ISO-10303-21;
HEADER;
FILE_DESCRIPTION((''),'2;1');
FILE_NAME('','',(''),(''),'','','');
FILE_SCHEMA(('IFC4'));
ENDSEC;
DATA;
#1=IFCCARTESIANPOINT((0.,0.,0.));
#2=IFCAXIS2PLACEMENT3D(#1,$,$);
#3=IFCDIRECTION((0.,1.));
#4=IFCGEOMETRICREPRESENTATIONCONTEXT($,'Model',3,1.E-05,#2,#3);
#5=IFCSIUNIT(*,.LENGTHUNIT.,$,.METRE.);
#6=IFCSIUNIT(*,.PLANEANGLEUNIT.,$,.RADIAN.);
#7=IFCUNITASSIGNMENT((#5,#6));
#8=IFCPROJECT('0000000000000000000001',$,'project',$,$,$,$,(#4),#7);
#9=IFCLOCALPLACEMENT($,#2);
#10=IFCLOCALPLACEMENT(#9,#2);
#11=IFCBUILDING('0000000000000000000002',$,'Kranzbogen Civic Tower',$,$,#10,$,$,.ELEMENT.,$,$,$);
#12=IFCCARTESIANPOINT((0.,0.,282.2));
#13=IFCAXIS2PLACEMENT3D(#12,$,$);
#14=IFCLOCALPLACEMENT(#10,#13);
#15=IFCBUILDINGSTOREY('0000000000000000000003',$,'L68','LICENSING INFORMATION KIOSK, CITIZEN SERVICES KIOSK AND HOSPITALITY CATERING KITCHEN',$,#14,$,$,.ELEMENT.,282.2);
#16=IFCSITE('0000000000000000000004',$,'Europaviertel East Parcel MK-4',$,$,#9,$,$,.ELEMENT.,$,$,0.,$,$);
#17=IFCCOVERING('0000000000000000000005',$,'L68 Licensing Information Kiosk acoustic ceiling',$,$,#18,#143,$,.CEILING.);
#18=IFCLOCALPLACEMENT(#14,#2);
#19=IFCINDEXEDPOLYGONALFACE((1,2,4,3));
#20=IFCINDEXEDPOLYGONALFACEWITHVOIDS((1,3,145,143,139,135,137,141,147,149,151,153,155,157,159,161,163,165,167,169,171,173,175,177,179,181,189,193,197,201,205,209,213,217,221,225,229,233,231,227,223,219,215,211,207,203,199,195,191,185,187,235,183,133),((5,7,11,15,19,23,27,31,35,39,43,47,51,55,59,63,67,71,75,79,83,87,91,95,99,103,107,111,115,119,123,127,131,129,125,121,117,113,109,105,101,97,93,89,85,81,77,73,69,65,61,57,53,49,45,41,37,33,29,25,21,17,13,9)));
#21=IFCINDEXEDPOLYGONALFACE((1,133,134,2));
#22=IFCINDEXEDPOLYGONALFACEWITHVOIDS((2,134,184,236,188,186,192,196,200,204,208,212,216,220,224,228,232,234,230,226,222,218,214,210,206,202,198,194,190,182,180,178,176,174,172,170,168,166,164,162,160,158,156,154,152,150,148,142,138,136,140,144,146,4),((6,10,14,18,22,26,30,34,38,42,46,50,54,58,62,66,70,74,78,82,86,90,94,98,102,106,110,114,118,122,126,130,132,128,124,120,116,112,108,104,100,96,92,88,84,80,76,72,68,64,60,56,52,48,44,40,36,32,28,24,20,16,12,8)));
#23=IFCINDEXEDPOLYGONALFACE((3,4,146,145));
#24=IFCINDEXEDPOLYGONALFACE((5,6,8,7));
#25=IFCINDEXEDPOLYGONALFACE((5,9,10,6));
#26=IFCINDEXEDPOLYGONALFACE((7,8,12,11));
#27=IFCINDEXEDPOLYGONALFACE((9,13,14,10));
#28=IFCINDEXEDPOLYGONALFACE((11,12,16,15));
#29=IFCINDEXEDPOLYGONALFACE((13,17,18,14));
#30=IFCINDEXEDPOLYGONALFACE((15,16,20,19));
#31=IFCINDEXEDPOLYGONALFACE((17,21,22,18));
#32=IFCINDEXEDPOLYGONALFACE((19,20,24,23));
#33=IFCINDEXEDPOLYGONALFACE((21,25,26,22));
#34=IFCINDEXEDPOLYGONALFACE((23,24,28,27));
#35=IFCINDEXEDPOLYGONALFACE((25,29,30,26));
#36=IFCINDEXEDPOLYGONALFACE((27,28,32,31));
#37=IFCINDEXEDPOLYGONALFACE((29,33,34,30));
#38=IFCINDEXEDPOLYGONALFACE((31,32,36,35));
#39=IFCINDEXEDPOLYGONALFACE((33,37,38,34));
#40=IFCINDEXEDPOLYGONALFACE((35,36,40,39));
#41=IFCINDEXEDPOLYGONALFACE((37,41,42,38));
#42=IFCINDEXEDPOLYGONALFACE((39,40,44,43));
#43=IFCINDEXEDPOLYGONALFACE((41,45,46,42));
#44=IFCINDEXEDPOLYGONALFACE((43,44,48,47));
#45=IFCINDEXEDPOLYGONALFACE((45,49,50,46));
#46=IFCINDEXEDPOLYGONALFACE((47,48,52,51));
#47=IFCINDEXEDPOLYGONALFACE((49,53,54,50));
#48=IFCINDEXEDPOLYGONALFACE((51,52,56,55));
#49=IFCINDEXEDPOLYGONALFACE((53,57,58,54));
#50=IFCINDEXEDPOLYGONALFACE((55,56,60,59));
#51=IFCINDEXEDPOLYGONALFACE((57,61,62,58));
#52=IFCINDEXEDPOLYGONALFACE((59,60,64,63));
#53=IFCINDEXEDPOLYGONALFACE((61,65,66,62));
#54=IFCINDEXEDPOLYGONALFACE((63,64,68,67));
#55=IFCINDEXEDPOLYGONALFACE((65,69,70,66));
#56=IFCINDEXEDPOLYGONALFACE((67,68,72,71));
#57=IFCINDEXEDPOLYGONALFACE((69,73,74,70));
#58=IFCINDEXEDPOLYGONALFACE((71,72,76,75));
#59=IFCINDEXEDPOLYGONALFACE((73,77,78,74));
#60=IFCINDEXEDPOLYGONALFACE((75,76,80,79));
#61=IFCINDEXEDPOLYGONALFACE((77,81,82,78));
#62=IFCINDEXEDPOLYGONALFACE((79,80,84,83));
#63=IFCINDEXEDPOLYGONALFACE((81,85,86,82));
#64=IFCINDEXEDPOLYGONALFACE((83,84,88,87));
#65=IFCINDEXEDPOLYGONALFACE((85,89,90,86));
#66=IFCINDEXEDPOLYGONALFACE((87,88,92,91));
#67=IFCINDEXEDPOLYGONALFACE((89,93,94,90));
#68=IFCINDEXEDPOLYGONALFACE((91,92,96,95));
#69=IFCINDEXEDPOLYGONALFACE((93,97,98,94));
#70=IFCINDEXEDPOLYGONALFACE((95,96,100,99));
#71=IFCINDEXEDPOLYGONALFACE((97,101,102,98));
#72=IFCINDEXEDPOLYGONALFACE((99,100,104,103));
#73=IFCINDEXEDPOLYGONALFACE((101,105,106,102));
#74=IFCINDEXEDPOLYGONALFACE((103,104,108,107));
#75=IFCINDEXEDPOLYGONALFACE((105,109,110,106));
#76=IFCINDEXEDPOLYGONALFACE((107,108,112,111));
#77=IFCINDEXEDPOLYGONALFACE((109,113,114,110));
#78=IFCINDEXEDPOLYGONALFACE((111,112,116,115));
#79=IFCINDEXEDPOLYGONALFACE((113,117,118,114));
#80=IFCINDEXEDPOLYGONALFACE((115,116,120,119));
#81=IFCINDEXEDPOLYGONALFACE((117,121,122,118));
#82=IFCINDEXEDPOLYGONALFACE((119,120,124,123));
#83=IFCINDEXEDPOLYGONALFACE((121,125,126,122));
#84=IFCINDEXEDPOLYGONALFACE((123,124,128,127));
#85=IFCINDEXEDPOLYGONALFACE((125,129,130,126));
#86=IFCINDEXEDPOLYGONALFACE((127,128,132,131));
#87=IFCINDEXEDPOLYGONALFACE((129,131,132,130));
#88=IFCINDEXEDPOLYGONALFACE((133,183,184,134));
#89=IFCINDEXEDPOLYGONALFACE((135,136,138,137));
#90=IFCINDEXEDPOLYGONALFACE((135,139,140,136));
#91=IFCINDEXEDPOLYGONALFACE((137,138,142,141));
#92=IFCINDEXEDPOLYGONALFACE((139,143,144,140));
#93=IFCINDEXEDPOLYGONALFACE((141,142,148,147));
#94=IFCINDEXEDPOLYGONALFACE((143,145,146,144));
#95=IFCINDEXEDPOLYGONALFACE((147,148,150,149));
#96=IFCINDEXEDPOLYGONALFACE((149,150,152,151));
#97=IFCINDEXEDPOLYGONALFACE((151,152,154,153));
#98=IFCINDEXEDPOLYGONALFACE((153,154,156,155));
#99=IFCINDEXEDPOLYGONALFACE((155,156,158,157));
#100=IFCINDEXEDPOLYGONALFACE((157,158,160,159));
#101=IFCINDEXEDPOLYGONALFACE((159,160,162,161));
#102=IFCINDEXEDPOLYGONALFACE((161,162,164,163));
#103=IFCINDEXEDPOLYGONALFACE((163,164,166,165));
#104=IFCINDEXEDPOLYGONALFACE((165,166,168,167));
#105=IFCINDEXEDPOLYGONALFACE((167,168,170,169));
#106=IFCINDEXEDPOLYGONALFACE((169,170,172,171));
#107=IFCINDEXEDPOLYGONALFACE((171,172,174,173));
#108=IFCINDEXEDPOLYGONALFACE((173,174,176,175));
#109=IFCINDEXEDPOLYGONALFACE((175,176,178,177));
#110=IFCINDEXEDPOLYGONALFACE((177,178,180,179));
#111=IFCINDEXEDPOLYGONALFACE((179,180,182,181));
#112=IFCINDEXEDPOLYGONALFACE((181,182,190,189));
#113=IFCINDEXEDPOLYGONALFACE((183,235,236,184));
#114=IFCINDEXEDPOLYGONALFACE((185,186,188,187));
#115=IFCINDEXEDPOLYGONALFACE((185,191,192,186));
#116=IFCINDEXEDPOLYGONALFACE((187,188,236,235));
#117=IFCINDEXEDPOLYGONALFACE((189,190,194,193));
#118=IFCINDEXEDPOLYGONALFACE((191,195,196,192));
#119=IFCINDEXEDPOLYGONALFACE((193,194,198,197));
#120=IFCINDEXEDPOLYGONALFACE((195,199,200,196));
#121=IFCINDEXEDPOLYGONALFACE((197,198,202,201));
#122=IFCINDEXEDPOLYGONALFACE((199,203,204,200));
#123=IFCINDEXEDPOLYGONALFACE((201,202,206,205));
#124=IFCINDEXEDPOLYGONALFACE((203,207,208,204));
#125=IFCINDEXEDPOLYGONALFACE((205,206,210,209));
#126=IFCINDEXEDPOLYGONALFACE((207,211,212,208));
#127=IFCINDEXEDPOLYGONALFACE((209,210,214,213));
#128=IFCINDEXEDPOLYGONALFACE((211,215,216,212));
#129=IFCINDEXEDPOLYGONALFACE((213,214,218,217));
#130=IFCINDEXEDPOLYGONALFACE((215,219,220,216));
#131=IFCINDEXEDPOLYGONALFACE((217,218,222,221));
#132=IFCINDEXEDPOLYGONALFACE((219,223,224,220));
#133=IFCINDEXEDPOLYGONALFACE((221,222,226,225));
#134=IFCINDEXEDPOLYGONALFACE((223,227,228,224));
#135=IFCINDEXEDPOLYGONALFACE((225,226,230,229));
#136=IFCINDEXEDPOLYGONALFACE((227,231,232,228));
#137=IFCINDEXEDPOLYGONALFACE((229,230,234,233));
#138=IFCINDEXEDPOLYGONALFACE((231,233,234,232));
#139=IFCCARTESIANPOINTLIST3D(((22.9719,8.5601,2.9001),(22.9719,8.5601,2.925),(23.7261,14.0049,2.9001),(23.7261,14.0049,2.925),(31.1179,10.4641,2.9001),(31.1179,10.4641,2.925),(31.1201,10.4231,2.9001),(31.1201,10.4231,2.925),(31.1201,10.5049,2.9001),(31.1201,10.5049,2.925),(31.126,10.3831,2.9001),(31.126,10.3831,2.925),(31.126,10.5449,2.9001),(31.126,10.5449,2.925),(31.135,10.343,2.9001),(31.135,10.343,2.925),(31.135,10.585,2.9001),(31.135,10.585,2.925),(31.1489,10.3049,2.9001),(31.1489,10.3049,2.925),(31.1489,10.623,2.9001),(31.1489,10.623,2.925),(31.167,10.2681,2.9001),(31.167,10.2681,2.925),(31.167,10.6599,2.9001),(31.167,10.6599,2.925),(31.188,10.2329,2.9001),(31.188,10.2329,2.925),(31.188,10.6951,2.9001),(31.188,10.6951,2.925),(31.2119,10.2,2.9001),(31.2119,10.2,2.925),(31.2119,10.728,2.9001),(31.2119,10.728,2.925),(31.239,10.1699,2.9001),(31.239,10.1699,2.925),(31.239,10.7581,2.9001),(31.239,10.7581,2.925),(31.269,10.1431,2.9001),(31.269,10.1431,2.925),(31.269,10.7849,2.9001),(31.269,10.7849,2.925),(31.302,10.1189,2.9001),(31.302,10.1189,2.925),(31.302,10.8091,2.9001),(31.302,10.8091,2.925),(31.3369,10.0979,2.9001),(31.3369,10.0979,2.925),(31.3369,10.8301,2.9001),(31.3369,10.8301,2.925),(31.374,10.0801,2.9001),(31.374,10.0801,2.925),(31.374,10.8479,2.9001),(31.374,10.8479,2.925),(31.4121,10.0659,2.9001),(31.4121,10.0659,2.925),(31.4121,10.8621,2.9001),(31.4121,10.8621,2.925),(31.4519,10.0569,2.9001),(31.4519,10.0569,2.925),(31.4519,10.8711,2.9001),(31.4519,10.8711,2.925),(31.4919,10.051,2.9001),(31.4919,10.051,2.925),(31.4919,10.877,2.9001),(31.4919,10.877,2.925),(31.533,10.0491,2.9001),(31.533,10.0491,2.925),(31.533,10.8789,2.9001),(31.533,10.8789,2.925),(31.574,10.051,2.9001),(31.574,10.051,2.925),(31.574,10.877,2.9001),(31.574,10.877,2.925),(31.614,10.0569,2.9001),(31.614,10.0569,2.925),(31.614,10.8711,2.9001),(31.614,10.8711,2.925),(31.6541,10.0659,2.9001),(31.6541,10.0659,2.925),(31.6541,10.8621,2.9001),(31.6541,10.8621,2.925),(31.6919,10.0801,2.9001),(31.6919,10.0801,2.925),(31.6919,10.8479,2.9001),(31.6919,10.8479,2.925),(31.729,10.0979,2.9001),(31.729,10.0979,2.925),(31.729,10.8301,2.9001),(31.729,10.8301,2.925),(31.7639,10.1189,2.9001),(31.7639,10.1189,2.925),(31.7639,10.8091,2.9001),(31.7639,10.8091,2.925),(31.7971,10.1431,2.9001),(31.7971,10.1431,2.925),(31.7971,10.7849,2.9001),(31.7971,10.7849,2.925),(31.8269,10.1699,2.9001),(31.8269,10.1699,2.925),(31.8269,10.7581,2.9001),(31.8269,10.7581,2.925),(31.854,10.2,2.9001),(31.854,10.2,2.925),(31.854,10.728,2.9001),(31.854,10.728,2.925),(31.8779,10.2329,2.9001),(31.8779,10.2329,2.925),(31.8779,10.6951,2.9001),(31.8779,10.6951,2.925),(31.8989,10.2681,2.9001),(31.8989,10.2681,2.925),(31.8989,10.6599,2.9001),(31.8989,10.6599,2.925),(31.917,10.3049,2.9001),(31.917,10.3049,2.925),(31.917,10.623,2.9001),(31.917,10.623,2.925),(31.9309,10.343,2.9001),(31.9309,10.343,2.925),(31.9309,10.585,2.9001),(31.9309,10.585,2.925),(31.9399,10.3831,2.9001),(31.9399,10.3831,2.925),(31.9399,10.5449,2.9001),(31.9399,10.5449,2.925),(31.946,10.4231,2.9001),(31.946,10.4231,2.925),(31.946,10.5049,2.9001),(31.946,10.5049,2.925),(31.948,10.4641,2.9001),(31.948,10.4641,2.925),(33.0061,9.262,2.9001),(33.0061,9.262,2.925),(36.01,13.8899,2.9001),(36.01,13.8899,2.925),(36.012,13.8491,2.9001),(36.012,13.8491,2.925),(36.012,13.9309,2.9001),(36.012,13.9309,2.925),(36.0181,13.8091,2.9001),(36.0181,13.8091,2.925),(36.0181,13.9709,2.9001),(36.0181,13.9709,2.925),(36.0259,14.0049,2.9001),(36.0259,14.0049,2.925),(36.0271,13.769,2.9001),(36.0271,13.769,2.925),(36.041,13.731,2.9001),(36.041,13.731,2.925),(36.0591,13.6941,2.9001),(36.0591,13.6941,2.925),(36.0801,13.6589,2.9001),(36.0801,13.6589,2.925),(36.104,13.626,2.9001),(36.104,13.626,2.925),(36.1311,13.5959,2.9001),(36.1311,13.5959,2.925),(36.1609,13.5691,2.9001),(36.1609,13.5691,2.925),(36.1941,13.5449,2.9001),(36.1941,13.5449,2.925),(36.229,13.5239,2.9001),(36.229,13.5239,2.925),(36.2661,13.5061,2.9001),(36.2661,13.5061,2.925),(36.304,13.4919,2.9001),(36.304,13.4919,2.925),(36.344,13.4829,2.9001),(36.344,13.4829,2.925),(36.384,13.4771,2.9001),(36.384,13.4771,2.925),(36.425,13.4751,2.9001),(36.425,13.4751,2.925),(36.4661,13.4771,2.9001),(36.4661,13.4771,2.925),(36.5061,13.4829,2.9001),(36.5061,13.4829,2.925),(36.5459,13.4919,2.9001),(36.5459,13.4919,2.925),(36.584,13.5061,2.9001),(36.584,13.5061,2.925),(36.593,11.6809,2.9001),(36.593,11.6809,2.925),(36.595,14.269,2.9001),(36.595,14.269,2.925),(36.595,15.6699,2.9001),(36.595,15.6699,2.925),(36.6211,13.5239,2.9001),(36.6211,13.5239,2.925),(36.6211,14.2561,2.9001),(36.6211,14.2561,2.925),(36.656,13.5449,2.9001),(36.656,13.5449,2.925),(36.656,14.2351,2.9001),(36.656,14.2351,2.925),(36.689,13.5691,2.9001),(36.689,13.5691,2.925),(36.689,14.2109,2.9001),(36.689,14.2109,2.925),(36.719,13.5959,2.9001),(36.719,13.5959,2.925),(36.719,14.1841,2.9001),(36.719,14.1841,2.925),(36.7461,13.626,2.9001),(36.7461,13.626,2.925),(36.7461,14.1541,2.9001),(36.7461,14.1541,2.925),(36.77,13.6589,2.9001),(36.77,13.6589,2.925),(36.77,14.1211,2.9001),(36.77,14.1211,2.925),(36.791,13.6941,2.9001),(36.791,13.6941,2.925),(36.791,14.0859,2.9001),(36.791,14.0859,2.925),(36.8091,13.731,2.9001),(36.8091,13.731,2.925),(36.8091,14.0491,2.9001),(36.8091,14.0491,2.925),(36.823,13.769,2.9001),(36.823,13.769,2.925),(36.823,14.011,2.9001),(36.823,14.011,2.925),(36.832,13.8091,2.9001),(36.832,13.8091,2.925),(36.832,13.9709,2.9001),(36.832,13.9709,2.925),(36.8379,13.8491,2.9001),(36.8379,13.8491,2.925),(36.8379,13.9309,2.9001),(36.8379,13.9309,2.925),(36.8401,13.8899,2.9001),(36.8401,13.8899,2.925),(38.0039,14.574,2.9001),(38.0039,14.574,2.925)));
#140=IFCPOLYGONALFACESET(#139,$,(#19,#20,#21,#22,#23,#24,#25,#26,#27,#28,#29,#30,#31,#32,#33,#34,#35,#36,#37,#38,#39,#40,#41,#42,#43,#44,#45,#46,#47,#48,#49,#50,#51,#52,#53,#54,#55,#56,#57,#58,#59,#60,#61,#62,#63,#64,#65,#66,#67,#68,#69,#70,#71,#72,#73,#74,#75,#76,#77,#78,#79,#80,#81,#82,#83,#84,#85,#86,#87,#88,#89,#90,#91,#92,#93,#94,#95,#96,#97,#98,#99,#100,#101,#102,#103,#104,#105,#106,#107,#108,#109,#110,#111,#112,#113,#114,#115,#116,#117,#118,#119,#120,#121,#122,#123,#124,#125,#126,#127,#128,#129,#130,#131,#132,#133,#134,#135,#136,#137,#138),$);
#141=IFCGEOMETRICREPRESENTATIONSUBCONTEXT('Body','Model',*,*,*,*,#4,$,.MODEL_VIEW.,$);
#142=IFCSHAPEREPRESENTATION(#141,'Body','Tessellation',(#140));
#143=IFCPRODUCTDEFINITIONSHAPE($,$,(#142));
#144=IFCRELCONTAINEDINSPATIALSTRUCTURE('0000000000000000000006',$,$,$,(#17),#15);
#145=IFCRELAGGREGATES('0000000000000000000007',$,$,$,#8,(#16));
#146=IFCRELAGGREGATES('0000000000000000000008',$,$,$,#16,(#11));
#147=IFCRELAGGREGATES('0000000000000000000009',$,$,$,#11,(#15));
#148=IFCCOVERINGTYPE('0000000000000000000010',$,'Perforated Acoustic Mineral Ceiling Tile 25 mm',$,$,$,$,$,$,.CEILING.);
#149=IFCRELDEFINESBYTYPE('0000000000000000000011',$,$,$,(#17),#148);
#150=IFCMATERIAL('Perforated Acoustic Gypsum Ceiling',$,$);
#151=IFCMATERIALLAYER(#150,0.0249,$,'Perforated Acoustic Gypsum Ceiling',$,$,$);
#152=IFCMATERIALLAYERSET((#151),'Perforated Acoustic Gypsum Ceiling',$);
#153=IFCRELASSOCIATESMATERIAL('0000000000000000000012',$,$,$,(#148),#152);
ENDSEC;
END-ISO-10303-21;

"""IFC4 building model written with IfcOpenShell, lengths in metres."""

from ifc_helpers import new_model, si_unit, direction, frame, origin, place, context, subcontext, project, spatial, polyline, outline, extrude, material, layer, layer_set, type_object, element, save


model = new_model("IFC4")

# Units and contexts
model_context = context("Model", 3, precision=1e-05, world=origin(), true_north=direction((0.0, 1.0)))
body_context = subcontext(model_context, "Body", "Model", "MODEL_VIEW")
ifc_project = project(units=[si_unit("LENGTHUNIT", "METRE"), si_unit("PLANEANGLEUNIT", "RADIAN")], contexts=[model_context])

# Site, building, storey
site_placement = place(None, origin())
site = spatial("IfcSite", under=ifc_project, at=site_placement, Name="Europaviertel East Parcel MK-4", CompositionType="ELEMENT", RefElevation=0.0)
building_placement = place(site_placement, origin())
building = spatial("IfcBuilding", under=site, at=building_placement, Name="Kranzbogen Civic Tower", CompositionType="ELEMENT")
storey_placement = place(building_placement, frame((0.0, 0.0, 282.2)))
storey = spatial("IfcBuildingStorey", under=building, at=storey_placement, Name="L68", Description="LICENSING INFORMATION KIOSK, CITIZEN SERVICES KIOSK AND HOSPITALITY CATERING KITCHEN", CompositionType="ELEMENT", Elevation=282.2)

# Covering
ifc_material_1 = material(Name="Perforated Acoustic Gypsum Ceiling")
ifc_layer_1 = layer(ifc_material_1, 0.0249, Name="Perforated Acoustic Gypsum Ceiling")
ifc_layer_set_1 = layer_set([ifc_layer_1], Name="Perforated Acoustic Gypsum Ceiling")
covering_type_1 = type_object("IfcCoveringType", Name="Perforated Acoustic Mineral Ceiling Tile 25 mm", PredefinedType="CEILING", material=ifc_layer_set_1)
covering_1_placement = place(storey_placement, frame((0.0, 0.0, 2.9001)))
element("IfcCovering", 1, at=covering_1_placement, inside=storey, type_object=covering_type_1, Name="L68 Licensing Information Kiosk acoustic ceiling", PredefinedType="CEILING", context=body_context, shape_type="SweptSolid", body=[
    extrude(outline(polyline([(33.0061, 9.262), (22.9719, 8.5601), (23.7261, 14.0049), (36.0259, 14.0049), (36.0181, 13.9709), (36.012, 13.9309), (36.01, 13.8899), (36.012, 13.8491), (36.0181, 13.8091), (36.0271, 13.769), (36.041, 13.731), (36.0591, 13.6941), (36.0801, 13.6589), (36.104, 13.626), (36.1311, 13.5959), (36.1609, 13.5691), (36.1941, 13.5449), (36.229, 13.5239), (36.2661, 13.5061), (36.304, 13.4919), (36.344, 13.4829), (36.384, 13.4771), (36.425, 13.4751), (36.4661, 13.4771), (36.5061, 13.4829), (36.5459, 13.4919), (36.584, 13.5061), (36.6211, 13.5239), (36.656, 13.5449), (36.689, 13.5691), (36.719, 13.5959), (36.7461, 13.626), (36.77, 13.6589), (36.791, 13.6941), (36.8091, 13.731), (36.823, 13.769), (36.832, 13.8091), (36.8379, 13.8491), (36.8401, 13.8899), (36.8379, 13.9309), (36.832, 13.9709), (36.823, 14.011), (36.8091, 14.0491), (36.791, 14.0859), (36.77, 14.1211), (36.7461, 14.1541), (36.719, 14.1841), (36.689, 14.2109), (36.656, 14.2351), (36.6211, 14.2561), (36.595, 14.269), (36.595, 15.6699), (38.0039, 14.574), (36.593, 11.6809), (33.0061, 9.262)]), holes=[polyline([(31.917, 10.3049), (31.8989, 10.2681), (31.8779, 10.2329), (31.854, 10.2), (31.8269, 10.1699), (31.7971, 10.1431), (31.7639, 10.1189), (31.729, 10.0979), (31.6919, 10.0801), (31.6541, 10.0659), (31.614, 10.0569), (31.574, 10.051), (31.533, 10.0491), (31.4919, 10.051), (31.4519, 10.0569), (31.4121, 10.0659), (31.374, 10.0801), (31.3369, 10.0979), (31.302, 10.1189), (31.269, 10.1431), (31.239, 10.1699), (31.2119, 10.2), (31.188, 10.2329), (31.167, 10.2681), (31.1489, 10.3049), (31.135, 10.343), (31.126, 10.3831), (31.1201, 10.4231), (31.1179, 10.4641), (31.1201, 10.5049), (31.126, 10.5449), (31.135, 10.585), (31.1489, 10.623), (31.167, 10.6599), (31.188, 10.6951), (31.2119, 10.728), (31.239, 10.7581), (31.269, 10.7849), (31.302, 10.8091), (31.3369, 10.8301), (31.374, 10.8479), (31.4121, 10.8621), (31.4519, 10.8711), (31.4919, 10.877), (31.533, 10.8789), (31.574, 10.877), (31.614, 10.8711), (31.6541, 10.8621), (31.6919, 10.8479), (31.729, 10.8301), (31.7639, 10.8091), (31.7971, 10.7849), (31.8269, 10.7581), (31.854, 10.728), (31.8779, 10.6951), (31.8989, 10.6599), (31.917, 10.623), (31.9309, 10.585), (31.9399, 10.5449), (31.946, 10.5049), (31.948, 10.4641), (31.946, 10.4231), (31.9399, 10.3831), (31.9309, 10.343), (31.917, 10.3049)])]), origin(), (0.0, 0.0, 1.0), 0.0249),
])

save(model, "model.ifc")
